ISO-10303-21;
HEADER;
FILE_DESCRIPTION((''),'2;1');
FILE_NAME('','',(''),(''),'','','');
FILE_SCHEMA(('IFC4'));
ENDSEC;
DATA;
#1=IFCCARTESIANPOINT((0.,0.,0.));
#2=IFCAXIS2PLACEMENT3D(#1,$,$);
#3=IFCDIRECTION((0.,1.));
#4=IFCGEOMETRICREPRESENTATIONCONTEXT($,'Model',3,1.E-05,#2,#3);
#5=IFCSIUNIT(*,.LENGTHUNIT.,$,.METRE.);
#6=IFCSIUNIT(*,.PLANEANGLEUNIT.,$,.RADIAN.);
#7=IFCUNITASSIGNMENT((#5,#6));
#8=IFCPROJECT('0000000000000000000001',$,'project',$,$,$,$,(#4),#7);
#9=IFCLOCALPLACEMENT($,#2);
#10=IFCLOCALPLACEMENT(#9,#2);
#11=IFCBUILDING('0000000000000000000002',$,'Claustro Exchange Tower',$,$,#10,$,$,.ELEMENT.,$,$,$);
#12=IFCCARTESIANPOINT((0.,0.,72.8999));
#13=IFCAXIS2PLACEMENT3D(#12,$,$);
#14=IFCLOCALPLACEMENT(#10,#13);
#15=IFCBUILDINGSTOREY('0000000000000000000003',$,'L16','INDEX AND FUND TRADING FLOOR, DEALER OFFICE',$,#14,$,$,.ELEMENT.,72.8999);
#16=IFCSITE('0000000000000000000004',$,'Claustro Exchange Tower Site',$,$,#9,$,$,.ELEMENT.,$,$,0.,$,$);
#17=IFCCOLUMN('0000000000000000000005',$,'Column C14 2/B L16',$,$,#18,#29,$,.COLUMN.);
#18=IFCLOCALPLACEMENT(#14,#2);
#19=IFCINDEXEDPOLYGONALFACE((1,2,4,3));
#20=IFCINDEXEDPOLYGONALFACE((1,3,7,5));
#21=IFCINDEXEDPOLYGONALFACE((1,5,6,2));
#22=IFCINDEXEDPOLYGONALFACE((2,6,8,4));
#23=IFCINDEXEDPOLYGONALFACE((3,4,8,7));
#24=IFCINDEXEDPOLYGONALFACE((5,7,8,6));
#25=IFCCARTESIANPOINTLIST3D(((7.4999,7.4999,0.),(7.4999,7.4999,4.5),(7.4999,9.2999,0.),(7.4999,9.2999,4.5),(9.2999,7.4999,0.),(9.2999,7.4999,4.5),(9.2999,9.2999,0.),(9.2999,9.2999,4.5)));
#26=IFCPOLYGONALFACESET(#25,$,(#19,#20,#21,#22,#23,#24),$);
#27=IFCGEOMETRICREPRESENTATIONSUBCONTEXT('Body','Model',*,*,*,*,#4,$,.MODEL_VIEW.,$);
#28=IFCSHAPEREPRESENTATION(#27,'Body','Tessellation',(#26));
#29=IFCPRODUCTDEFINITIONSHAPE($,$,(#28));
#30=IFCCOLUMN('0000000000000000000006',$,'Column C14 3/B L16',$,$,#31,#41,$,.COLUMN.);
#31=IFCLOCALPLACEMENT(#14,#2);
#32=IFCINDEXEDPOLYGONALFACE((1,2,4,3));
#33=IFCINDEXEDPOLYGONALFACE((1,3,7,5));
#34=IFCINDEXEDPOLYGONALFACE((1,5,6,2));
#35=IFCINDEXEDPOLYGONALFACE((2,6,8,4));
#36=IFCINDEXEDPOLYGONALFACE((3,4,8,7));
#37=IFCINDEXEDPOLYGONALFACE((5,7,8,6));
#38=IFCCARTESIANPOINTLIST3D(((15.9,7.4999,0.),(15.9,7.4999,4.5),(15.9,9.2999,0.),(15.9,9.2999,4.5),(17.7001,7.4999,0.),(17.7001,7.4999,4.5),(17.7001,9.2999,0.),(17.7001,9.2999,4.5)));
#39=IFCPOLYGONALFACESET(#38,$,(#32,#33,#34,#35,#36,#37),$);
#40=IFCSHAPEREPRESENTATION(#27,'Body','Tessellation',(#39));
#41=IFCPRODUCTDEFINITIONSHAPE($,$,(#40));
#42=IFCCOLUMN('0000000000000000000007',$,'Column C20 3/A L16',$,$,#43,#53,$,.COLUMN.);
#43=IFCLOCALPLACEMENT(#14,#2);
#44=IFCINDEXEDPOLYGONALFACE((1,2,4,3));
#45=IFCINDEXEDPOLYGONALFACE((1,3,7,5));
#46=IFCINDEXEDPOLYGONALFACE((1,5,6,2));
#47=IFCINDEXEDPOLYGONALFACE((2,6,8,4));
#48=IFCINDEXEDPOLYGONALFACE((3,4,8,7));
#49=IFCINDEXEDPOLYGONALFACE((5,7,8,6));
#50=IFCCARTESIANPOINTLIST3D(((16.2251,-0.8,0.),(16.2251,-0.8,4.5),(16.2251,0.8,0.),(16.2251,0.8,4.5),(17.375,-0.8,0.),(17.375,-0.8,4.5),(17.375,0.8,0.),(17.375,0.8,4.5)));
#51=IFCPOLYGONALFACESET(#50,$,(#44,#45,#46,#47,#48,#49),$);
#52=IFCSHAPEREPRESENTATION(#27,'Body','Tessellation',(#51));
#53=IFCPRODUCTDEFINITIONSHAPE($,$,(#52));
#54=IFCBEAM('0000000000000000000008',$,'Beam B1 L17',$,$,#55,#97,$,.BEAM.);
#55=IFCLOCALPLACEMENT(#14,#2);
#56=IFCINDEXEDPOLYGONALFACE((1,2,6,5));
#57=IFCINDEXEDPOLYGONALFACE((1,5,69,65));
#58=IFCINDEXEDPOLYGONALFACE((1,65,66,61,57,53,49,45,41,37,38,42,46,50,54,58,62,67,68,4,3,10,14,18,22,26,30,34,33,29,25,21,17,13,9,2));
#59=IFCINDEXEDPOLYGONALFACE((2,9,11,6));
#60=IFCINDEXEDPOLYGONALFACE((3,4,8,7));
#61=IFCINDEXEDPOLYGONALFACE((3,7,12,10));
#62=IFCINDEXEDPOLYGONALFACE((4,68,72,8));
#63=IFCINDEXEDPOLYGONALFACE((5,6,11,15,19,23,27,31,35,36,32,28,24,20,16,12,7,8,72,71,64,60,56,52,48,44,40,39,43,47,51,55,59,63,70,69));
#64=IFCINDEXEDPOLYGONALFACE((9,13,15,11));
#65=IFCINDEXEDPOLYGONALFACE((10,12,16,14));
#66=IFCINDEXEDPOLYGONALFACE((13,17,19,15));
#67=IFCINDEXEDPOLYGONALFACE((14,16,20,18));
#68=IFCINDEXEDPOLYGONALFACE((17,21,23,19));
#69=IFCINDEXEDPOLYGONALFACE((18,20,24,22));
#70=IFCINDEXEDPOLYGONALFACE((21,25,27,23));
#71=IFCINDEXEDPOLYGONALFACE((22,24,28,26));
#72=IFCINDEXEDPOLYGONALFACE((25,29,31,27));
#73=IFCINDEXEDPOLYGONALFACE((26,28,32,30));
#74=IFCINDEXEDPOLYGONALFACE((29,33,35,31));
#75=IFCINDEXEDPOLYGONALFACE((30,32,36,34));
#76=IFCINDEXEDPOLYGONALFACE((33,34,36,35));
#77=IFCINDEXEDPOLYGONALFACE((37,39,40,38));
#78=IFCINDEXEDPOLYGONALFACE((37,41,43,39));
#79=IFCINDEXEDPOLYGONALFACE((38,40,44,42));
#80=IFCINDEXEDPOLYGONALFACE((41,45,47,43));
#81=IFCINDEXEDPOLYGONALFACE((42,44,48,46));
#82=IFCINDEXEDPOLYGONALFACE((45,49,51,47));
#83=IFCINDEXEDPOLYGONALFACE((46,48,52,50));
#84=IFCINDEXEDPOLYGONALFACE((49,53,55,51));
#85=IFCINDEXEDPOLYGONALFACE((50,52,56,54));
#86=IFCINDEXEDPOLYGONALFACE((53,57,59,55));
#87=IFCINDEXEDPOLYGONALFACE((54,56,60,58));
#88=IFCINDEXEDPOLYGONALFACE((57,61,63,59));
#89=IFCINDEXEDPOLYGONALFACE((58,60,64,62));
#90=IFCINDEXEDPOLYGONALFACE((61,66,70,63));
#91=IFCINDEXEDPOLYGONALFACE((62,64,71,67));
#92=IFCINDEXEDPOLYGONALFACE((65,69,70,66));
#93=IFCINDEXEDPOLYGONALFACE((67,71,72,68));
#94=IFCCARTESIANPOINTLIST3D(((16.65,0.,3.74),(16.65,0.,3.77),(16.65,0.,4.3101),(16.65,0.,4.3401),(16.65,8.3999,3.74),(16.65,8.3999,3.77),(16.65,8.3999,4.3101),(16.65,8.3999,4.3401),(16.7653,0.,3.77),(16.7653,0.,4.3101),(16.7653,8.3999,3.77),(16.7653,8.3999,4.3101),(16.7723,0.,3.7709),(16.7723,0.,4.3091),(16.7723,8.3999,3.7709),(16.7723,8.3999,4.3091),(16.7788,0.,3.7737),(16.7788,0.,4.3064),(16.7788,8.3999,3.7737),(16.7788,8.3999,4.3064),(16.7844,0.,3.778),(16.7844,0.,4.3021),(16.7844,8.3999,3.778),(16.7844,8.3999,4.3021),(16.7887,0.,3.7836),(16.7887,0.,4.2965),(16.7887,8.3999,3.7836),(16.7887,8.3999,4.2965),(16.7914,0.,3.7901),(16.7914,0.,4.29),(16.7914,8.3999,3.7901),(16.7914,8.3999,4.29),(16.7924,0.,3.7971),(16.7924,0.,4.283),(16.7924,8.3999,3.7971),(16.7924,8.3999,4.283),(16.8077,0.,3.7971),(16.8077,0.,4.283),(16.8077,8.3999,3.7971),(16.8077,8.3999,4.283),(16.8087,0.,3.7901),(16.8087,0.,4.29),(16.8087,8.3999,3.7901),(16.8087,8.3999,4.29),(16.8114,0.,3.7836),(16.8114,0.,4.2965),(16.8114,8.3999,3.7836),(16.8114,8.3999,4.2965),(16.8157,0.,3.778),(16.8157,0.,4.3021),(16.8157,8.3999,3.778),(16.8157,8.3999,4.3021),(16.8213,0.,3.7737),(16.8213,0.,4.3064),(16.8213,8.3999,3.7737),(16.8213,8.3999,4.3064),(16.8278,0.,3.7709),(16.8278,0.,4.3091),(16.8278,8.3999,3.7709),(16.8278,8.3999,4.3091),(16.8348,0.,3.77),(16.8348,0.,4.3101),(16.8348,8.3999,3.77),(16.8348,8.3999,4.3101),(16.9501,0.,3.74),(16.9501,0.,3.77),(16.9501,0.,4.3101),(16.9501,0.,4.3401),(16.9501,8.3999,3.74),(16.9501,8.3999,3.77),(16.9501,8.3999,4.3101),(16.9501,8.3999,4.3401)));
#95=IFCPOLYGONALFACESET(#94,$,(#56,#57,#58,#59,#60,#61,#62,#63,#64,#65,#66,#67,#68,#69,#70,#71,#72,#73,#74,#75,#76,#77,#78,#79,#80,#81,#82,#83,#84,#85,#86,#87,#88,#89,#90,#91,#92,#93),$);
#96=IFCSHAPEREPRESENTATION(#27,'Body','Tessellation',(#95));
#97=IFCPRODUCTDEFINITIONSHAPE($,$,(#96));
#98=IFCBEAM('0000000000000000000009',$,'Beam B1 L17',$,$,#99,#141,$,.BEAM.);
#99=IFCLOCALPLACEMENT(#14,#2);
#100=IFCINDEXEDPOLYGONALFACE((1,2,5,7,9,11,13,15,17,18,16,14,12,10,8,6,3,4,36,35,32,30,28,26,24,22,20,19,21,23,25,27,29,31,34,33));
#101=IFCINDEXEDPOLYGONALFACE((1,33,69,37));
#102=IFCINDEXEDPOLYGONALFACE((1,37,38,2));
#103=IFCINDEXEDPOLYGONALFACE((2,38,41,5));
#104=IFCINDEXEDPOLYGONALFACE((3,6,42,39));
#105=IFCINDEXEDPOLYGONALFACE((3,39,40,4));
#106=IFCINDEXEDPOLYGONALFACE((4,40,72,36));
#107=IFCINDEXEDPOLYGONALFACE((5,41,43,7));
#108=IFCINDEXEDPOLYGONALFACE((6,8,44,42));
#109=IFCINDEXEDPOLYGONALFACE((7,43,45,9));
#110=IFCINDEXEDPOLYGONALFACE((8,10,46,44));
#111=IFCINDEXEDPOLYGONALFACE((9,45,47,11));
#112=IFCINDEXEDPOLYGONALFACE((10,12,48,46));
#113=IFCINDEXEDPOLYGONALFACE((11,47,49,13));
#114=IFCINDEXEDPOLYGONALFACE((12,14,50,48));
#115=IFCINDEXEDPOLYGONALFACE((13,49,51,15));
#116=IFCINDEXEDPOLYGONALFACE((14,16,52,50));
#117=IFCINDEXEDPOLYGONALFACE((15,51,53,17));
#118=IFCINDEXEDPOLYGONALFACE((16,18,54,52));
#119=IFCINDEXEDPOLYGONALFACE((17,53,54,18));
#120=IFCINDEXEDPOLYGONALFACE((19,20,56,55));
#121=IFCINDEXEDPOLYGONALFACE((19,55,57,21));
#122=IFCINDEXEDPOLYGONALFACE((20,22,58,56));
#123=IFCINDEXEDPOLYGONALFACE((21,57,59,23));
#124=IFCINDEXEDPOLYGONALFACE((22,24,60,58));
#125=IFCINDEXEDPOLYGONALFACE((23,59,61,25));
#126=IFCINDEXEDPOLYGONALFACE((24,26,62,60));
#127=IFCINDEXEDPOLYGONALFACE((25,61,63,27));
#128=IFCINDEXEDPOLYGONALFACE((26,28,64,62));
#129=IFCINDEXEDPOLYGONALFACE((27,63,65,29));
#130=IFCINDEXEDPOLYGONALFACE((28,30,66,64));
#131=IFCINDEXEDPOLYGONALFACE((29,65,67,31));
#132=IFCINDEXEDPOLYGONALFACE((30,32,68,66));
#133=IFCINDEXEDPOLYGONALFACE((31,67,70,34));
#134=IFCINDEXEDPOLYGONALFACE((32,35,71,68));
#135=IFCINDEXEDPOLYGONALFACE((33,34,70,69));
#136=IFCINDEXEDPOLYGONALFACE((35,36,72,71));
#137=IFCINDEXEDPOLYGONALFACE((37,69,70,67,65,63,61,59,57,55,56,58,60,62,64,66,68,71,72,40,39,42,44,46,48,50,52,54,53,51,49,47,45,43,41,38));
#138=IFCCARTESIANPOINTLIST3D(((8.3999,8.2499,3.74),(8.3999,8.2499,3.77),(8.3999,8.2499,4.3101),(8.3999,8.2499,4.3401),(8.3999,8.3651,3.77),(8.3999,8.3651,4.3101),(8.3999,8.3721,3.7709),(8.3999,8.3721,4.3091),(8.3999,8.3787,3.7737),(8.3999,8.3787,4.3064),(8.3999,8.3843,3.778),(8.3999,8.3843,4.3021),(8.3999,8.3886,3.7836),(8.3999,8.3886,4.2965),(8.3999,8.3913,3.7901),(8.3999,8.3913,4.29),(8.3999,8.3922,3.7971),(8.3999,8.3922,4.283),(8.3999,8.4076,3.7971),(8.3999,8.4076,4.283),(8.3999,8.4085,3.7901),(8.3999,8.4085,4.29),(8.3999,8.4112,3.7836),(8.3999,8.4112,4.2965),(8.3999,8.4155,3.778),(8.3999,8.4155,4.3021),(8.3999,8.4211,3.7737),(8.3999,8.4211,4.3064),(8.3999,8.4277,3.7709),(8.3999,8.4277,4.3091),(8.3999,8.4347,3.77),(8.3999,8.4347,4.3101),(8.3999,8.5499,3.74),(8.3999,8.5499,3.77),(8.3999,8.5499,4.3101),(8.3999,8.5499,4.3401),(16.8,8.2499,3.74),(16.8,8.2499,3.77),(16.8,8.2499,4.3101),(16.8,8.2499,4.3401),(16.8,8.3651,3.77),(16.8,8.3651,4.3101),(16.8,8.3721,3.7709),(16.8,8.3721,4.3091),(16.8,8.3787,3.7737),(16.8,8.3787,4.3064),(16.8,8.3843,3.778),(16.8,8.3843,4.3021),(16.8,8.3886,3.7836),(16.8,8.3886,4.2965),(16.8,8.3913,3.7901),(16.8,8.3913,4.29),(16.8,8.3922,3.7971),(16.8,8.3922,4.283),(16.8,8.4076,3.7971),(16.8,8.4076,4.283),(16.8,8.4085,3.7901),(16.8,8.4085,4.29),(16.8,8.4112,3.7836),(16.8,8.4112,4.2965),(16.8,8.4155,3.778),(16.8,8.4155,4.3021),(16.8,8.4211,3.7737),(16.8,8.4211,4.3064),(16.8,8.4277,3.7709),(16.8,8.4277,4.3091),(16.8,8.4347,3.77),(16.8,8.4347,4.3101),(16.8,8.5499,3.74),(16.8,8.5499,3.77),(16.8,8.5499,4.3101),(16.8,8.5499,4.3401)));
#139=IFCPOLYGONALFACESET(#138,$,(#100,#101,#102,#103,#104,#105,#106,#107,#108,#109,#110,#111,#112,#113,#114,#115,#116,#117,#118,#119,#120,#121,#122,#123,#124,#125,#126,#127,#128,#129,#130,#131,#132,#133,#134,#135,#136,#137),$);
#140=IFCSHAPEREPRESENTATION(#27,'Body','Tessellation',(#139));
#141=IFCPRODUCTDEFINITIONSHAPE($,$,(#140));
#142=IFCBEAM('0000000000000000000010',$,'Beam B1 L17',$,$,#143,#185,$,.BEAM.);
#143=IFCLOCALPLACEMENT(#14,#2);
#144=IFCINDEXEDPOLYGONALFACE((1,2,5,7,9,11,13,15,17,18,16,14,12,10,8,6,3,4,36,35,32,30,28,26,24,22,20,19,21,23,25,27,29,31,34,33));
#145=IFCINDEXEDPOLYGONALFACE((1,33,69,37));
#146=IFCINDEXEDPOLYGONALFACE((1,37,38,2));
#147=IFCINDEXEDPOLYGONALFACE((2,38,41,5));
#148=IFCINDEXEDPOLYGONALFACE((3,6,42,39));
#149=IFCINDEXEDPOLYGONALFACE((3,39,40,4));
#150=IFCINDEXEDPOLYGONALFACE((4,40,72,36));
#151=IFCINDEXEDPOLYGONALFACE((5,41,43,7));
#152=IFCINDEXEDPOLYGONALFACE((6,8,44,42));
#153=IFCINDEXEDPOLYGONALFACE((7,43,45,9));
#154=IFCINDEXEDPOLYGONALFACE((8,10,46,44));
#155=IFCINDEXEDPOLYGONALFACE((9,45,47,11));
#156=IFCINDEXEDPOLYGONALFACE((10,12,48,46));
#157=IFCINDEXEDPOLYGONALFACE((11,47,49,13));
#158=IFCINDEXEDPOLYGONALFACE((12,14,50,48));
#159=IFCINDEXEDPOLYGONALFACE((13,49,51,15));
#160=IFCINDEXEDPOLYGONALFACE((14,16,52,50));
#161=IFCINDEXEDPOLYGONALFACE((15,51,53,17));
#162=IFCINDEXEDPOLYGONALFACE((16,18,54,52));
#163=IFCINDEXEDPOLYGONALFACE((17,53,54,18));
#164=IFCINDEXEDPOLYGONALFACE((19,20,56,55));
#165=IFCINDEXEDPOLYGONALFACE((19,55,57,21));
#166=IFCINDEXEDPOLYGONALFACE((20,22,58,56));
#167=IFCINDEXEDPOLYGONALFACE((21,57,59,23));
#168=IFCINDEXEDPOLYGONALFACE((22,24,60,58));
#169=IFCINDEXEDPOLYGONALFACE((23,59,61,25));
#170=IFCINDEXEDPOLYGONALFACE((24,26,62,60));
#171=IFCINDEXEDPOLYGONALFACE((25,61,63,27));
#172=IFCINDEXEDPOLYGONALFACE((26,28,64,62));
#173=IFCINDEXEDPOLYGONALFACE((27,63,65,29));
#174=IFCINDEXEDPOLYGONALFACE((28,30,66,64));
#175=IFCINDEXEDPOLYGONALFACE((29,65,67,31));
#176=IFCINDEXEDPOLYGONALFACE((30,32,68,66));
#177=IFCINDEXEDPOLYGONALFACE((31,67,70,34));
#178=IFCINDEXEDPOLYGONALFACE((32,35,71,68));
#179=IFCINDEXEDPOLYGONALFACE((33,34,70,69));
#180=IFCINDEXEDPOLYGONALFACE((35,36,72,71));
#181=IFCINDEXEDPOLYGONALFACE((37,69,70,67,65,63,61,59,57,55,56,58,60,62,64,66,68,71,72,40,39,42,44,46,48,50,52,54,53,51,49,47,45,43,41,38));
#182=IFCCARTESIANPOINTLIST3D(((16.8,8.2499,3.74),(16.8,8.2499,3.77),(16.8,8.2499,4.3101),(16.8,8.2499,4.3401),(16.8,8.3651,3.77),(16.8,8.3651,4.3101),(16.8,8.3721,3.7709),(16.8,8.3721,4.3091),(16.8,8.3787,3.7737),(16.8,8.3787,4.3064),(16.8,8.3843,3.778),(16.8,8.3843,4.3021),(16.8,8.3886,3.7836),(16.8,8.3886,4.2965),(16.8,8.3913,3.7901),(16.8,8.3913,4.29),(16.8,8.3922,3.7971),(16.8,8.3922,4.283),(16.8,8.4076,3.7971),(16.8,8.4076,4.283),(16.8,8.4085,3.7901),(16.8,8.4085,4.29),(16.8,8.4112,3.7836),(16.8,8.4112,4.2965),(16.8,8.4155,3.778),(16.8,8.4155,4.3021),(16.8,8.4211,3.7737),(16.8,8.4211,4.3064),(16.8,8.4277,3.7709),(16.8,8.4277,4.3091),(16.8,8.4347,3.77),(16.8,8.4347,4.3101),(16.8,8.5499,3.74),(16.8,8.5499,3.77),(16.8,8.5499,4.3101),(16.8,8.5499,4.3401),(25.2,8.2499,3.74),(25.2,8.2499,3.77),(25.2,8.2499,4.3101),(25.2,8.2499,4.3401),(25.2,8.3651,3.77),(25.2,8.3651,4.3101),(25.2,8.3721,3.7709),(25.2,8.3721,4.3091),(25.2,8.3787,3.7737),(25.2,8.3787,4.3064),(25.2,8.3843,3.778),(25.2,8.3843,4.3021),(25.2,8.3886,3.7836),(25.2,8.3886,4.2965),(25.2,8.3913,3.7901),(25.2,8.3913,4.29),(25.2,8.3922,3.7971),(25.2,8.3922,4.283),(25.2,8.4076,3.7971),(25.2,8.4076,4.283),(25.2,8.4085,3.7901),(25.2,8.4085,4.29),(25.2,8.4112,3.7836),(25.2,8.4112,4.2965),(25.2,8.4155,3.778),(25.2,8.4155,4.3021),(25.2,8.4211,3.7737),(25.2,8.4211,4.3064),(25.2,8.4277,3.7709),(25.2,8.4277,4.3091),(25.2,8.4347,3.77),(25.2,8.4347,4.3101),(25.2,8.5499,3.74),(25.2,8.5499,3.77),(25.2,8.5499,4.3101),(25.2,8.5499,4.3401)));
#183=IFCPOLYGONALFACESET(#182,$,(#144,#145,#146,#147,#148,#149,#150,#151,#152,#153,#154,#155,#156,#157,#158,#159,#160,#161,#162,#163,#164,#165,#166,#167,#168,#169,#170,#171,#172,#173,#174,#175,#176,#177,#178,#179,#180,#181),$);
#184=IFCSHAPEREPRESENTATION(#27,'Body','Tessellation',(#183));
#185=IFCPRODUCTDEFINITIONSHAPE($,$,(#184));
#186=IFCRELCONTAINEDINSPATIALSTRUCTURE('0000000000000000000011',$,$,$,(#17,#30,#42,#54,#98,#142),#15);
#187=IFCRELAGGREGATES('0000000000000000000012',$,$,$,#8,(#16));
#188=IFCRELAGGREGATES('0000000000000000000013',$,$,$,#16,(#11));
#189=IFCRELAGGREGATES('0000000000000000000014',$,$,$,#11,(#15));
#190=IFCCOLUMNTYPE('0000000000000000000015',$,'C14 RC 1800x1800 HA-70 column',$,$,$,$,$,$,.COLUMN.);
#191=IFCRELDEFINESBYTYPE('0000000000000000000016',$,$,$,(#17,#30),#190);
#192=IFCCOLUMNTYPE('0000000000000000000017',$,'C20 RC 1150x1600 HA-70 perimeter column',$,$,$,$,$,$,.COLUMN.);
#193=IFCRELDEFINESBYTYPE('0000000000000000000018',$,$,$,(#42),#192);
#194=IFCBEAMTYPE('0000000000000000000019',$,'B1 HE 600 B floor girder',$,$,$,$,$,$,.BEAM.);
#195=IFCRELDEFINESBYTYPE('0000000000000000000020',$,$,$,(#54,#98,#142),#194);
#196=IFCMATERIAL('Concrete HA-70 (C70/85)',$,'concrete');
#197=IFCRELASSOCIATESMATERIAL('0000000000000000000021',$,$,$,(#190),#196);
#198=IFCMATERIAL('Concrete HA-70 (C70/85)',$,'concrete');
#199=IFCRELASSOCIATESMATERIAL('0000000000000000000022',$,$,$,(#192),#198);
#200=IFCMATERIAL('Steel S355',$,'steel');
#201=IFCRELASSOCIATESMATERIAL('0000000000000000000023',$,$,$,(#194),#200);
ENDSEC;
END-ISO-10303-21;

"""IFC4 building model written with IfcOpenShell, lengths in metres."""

from ifc_helpers import new_model, si_unit, direction, frame, origin, origin_2d, place, context, subcontext, project, spatial, rectangle, i_section, extrude, material, material_profile, profile_set, type_object, element, save


model = new_model("IFC4")

# Units and contexts
model_context = context("Model", 3, precision=1e-05, world=origin(), true_north=direction((0.0, 1.0)))
body_context = subcontext(model_context, "Body", "Model", "MODEL_VIEW")
ifc_project = project(units=[si_unit("LENGTHUNIT", "METRE"), si_unit("PLANEANGLEUNIT", "RADIAN")], contexts=[model_context])

# Site, building, storey
site_placement = place(None, origin())
site = spatial("IfcSite", under=ifc_project, at=site_placement, Name="Claustro Exchange Tower Site", CompositionType="ELEMENT", RefElevation=0.0)
building_placement = place(site_placement, origin())
building = spatial("IfcBuilding", under=site, at=building_placement, Name="Claustro Exchange Tower", CompositionType="ELEMENT")
storey_placement = place(building_placement, frame((0.0, 0.0, 72.8999)))
storey = spatial("IfcBuildingStorey", under=building, at=storey_placement, Name="L16", Description="INDEX AND FUND TRADING FLOOR, DEALER OFFICE", CompositionType="ELEMENT", Elevation=72.8999)

# Columns
ifc_material_1 = material(Name="Concrete HA-70 (C70/85)", Category="concrete")
ifc_material_profile_1 = material_profile(ifc_material_1, rectangle(XDim=1.8, YDim=1.8, at=origin_2d()), Name="RC 1800x1800")
ifc_profile_set_1 = profile_set([ifc_material_profile_1], Name="Concrete HA-70 (C70/85)")
column_type_1 = type_object("IfcColumnType", Name="C14 RC 1800x1800 HA-70 column", PredefinedType="COLUMN", material=ifc_profile_set_1)
for number, where, z_axis, x_axis, name in (
    (1, (8.3999, 8.3999, 0.0), (0.0, 0.0, 1.0), (1.0, 0.0, 0.0), "Column C14 2/B L16"),
    (2, (16.8, 8.3999, 0.0), (0.0, 0.0, 1.0), (1.0, 0.0, 0.0), "Column C14 3/B L16"),
):
    element("IfcColumn", number, at=place(storey_placement, frame(where, z_axis=z_axis, x_axis=x_axis)), inside=storey, type_object=column_type_1, Name=name, PredefinedType="COLUMN", context=body_context, shape_type="SweptSolid", body=[
        extrude(rectangle(XDim=1.8, YDim=1.8, at=origin_2d()), origin(), (0.0, 0.0, 1.0), 4.5),
    ])
ifc_material_2 = material(Name="Concrete HA-70 (C70/85)", Category="concrete")
ifc_material_profile_2 = material_profile(ifc_material_2, rectangle(XDim=1.1499, YDim=1.6001, at=origin_2d()), Name="RC 1150x1600")
ifc_profile_set_2 = profile_set([ifc_material_profile_2], Name="Concrete HA-70 (C70/85)")
column_type_2 = type_object("IfcColumnType", Name="C20 RC 1150x1600 HA-70 perimeter column", PredefinedType="COLUMN", material=ifc_profile_set_2)
column_placement = place(storey_placement, frame((16.8, 0.0, 0.0), z_axis=(0.0, 0.0, 1.0), x_axis=(1.0, 0.0, 0.0)))
element("IfcColumn", 3, at=column_placement, inside=storey, type_object=column_type_2, Name="Column C20 3/A L16", PredefinedType="COLUMN", context=body_context, shape_type="SweptSolid", body=[
    extrude(rectangle(XDim=1.1499, YDim=1.6001, at=origin_2d()), origin(), (0.0, 0.0, 1.0), 4.5),
])

# Beams
ifc_material_3 = material(Name="Steel S355", Category="steel")
ifc_material_profile_3 = material_profile(ifc_material_3, i_section(OverallWidth=0.3, OverallDepth=0.6001, WebThickness=0.0154, FlangeThickness=0.03, FilletRadius=0.0271, at=origin_2d()), Name="HE 600 B")
ifc_profile_set_3 = profile_set([ifc_material_profile_3], Name="Steel S355")
beam_type_1 = type_object("IfcBeamType", Name="B1 HE 600 B floor girder", PredefinedType="BEAM", material=ifc_profile_set_3)
beam_1_placement = place(storey_placement, frame((16.8, 0.0, 4.04), z_axis=(0.0, 1.0, 0.0), x_axis=(-1.0, 0.0, 0.0)))
element("IfcBeam", 4, at=beam_1_placement, inside=storey, type_object=beam_type_1, Name="Beam B1 L17", PredefinedType="BEAM", context=body_context, shape_type="SweptSolid", body=[
    extrude(i_section(OverallWidth=0.3, OverallDepth=0.6001, WebThickness=0.0154, FlangeThickness=0.03, FilletRadius=0.0271, at=origin_2d()), origin(), (0.0, 0.0, 1.0), 8.3999),
])
beam_2_placement = place(storey_placement, frame((8.3999, 8.3999, 4.04), z_axis=(1.0, 0.0, 0.0), x_axis=(0.0, 1.0, 0.0)))
element("IfcBeam", 5, at=beam_2_placement, inside=storey, type_object=beam_type_1, Name="Beam B1 L17", PredefinedType="BEAM", context=body_context, shape_type="SweptSolid", body=[
    extrude(i_section(OverallWidth=0.3, OverallDepth=0.6001, WebThickness=0.0154, FlangeThickness=0.03, FilletRadius=0.0271, at=origin_2d()), origin(), (0.0, 0.0, 1.0), 8.4001),
])
beam_3_placement = place(storey_placement, frame((16.8, 8.3999, 4.04), z_axis=(1.0, 0.0, 0.0), x_axis=(0.0, 1.0, 0.0)))
element("IfcBeam", 6, at=beam_3_placement, inside=storey, type_object=beam_type_1, Name="Beam B1 L17", PredefinedType="BEAM", context=body_context, shape_type="SweptSolid", body=[
    extrude(i_section(OverallWidth=0.3, OverallDepth=0.6001, WebThickness=0.0154, FlangeThickness=0.03, FilletRadius=0.0271, at=origin_2d()), origin(), (0.0, 0.0, 1.0), 8.3999),
])

save(model, "model.ifc")
